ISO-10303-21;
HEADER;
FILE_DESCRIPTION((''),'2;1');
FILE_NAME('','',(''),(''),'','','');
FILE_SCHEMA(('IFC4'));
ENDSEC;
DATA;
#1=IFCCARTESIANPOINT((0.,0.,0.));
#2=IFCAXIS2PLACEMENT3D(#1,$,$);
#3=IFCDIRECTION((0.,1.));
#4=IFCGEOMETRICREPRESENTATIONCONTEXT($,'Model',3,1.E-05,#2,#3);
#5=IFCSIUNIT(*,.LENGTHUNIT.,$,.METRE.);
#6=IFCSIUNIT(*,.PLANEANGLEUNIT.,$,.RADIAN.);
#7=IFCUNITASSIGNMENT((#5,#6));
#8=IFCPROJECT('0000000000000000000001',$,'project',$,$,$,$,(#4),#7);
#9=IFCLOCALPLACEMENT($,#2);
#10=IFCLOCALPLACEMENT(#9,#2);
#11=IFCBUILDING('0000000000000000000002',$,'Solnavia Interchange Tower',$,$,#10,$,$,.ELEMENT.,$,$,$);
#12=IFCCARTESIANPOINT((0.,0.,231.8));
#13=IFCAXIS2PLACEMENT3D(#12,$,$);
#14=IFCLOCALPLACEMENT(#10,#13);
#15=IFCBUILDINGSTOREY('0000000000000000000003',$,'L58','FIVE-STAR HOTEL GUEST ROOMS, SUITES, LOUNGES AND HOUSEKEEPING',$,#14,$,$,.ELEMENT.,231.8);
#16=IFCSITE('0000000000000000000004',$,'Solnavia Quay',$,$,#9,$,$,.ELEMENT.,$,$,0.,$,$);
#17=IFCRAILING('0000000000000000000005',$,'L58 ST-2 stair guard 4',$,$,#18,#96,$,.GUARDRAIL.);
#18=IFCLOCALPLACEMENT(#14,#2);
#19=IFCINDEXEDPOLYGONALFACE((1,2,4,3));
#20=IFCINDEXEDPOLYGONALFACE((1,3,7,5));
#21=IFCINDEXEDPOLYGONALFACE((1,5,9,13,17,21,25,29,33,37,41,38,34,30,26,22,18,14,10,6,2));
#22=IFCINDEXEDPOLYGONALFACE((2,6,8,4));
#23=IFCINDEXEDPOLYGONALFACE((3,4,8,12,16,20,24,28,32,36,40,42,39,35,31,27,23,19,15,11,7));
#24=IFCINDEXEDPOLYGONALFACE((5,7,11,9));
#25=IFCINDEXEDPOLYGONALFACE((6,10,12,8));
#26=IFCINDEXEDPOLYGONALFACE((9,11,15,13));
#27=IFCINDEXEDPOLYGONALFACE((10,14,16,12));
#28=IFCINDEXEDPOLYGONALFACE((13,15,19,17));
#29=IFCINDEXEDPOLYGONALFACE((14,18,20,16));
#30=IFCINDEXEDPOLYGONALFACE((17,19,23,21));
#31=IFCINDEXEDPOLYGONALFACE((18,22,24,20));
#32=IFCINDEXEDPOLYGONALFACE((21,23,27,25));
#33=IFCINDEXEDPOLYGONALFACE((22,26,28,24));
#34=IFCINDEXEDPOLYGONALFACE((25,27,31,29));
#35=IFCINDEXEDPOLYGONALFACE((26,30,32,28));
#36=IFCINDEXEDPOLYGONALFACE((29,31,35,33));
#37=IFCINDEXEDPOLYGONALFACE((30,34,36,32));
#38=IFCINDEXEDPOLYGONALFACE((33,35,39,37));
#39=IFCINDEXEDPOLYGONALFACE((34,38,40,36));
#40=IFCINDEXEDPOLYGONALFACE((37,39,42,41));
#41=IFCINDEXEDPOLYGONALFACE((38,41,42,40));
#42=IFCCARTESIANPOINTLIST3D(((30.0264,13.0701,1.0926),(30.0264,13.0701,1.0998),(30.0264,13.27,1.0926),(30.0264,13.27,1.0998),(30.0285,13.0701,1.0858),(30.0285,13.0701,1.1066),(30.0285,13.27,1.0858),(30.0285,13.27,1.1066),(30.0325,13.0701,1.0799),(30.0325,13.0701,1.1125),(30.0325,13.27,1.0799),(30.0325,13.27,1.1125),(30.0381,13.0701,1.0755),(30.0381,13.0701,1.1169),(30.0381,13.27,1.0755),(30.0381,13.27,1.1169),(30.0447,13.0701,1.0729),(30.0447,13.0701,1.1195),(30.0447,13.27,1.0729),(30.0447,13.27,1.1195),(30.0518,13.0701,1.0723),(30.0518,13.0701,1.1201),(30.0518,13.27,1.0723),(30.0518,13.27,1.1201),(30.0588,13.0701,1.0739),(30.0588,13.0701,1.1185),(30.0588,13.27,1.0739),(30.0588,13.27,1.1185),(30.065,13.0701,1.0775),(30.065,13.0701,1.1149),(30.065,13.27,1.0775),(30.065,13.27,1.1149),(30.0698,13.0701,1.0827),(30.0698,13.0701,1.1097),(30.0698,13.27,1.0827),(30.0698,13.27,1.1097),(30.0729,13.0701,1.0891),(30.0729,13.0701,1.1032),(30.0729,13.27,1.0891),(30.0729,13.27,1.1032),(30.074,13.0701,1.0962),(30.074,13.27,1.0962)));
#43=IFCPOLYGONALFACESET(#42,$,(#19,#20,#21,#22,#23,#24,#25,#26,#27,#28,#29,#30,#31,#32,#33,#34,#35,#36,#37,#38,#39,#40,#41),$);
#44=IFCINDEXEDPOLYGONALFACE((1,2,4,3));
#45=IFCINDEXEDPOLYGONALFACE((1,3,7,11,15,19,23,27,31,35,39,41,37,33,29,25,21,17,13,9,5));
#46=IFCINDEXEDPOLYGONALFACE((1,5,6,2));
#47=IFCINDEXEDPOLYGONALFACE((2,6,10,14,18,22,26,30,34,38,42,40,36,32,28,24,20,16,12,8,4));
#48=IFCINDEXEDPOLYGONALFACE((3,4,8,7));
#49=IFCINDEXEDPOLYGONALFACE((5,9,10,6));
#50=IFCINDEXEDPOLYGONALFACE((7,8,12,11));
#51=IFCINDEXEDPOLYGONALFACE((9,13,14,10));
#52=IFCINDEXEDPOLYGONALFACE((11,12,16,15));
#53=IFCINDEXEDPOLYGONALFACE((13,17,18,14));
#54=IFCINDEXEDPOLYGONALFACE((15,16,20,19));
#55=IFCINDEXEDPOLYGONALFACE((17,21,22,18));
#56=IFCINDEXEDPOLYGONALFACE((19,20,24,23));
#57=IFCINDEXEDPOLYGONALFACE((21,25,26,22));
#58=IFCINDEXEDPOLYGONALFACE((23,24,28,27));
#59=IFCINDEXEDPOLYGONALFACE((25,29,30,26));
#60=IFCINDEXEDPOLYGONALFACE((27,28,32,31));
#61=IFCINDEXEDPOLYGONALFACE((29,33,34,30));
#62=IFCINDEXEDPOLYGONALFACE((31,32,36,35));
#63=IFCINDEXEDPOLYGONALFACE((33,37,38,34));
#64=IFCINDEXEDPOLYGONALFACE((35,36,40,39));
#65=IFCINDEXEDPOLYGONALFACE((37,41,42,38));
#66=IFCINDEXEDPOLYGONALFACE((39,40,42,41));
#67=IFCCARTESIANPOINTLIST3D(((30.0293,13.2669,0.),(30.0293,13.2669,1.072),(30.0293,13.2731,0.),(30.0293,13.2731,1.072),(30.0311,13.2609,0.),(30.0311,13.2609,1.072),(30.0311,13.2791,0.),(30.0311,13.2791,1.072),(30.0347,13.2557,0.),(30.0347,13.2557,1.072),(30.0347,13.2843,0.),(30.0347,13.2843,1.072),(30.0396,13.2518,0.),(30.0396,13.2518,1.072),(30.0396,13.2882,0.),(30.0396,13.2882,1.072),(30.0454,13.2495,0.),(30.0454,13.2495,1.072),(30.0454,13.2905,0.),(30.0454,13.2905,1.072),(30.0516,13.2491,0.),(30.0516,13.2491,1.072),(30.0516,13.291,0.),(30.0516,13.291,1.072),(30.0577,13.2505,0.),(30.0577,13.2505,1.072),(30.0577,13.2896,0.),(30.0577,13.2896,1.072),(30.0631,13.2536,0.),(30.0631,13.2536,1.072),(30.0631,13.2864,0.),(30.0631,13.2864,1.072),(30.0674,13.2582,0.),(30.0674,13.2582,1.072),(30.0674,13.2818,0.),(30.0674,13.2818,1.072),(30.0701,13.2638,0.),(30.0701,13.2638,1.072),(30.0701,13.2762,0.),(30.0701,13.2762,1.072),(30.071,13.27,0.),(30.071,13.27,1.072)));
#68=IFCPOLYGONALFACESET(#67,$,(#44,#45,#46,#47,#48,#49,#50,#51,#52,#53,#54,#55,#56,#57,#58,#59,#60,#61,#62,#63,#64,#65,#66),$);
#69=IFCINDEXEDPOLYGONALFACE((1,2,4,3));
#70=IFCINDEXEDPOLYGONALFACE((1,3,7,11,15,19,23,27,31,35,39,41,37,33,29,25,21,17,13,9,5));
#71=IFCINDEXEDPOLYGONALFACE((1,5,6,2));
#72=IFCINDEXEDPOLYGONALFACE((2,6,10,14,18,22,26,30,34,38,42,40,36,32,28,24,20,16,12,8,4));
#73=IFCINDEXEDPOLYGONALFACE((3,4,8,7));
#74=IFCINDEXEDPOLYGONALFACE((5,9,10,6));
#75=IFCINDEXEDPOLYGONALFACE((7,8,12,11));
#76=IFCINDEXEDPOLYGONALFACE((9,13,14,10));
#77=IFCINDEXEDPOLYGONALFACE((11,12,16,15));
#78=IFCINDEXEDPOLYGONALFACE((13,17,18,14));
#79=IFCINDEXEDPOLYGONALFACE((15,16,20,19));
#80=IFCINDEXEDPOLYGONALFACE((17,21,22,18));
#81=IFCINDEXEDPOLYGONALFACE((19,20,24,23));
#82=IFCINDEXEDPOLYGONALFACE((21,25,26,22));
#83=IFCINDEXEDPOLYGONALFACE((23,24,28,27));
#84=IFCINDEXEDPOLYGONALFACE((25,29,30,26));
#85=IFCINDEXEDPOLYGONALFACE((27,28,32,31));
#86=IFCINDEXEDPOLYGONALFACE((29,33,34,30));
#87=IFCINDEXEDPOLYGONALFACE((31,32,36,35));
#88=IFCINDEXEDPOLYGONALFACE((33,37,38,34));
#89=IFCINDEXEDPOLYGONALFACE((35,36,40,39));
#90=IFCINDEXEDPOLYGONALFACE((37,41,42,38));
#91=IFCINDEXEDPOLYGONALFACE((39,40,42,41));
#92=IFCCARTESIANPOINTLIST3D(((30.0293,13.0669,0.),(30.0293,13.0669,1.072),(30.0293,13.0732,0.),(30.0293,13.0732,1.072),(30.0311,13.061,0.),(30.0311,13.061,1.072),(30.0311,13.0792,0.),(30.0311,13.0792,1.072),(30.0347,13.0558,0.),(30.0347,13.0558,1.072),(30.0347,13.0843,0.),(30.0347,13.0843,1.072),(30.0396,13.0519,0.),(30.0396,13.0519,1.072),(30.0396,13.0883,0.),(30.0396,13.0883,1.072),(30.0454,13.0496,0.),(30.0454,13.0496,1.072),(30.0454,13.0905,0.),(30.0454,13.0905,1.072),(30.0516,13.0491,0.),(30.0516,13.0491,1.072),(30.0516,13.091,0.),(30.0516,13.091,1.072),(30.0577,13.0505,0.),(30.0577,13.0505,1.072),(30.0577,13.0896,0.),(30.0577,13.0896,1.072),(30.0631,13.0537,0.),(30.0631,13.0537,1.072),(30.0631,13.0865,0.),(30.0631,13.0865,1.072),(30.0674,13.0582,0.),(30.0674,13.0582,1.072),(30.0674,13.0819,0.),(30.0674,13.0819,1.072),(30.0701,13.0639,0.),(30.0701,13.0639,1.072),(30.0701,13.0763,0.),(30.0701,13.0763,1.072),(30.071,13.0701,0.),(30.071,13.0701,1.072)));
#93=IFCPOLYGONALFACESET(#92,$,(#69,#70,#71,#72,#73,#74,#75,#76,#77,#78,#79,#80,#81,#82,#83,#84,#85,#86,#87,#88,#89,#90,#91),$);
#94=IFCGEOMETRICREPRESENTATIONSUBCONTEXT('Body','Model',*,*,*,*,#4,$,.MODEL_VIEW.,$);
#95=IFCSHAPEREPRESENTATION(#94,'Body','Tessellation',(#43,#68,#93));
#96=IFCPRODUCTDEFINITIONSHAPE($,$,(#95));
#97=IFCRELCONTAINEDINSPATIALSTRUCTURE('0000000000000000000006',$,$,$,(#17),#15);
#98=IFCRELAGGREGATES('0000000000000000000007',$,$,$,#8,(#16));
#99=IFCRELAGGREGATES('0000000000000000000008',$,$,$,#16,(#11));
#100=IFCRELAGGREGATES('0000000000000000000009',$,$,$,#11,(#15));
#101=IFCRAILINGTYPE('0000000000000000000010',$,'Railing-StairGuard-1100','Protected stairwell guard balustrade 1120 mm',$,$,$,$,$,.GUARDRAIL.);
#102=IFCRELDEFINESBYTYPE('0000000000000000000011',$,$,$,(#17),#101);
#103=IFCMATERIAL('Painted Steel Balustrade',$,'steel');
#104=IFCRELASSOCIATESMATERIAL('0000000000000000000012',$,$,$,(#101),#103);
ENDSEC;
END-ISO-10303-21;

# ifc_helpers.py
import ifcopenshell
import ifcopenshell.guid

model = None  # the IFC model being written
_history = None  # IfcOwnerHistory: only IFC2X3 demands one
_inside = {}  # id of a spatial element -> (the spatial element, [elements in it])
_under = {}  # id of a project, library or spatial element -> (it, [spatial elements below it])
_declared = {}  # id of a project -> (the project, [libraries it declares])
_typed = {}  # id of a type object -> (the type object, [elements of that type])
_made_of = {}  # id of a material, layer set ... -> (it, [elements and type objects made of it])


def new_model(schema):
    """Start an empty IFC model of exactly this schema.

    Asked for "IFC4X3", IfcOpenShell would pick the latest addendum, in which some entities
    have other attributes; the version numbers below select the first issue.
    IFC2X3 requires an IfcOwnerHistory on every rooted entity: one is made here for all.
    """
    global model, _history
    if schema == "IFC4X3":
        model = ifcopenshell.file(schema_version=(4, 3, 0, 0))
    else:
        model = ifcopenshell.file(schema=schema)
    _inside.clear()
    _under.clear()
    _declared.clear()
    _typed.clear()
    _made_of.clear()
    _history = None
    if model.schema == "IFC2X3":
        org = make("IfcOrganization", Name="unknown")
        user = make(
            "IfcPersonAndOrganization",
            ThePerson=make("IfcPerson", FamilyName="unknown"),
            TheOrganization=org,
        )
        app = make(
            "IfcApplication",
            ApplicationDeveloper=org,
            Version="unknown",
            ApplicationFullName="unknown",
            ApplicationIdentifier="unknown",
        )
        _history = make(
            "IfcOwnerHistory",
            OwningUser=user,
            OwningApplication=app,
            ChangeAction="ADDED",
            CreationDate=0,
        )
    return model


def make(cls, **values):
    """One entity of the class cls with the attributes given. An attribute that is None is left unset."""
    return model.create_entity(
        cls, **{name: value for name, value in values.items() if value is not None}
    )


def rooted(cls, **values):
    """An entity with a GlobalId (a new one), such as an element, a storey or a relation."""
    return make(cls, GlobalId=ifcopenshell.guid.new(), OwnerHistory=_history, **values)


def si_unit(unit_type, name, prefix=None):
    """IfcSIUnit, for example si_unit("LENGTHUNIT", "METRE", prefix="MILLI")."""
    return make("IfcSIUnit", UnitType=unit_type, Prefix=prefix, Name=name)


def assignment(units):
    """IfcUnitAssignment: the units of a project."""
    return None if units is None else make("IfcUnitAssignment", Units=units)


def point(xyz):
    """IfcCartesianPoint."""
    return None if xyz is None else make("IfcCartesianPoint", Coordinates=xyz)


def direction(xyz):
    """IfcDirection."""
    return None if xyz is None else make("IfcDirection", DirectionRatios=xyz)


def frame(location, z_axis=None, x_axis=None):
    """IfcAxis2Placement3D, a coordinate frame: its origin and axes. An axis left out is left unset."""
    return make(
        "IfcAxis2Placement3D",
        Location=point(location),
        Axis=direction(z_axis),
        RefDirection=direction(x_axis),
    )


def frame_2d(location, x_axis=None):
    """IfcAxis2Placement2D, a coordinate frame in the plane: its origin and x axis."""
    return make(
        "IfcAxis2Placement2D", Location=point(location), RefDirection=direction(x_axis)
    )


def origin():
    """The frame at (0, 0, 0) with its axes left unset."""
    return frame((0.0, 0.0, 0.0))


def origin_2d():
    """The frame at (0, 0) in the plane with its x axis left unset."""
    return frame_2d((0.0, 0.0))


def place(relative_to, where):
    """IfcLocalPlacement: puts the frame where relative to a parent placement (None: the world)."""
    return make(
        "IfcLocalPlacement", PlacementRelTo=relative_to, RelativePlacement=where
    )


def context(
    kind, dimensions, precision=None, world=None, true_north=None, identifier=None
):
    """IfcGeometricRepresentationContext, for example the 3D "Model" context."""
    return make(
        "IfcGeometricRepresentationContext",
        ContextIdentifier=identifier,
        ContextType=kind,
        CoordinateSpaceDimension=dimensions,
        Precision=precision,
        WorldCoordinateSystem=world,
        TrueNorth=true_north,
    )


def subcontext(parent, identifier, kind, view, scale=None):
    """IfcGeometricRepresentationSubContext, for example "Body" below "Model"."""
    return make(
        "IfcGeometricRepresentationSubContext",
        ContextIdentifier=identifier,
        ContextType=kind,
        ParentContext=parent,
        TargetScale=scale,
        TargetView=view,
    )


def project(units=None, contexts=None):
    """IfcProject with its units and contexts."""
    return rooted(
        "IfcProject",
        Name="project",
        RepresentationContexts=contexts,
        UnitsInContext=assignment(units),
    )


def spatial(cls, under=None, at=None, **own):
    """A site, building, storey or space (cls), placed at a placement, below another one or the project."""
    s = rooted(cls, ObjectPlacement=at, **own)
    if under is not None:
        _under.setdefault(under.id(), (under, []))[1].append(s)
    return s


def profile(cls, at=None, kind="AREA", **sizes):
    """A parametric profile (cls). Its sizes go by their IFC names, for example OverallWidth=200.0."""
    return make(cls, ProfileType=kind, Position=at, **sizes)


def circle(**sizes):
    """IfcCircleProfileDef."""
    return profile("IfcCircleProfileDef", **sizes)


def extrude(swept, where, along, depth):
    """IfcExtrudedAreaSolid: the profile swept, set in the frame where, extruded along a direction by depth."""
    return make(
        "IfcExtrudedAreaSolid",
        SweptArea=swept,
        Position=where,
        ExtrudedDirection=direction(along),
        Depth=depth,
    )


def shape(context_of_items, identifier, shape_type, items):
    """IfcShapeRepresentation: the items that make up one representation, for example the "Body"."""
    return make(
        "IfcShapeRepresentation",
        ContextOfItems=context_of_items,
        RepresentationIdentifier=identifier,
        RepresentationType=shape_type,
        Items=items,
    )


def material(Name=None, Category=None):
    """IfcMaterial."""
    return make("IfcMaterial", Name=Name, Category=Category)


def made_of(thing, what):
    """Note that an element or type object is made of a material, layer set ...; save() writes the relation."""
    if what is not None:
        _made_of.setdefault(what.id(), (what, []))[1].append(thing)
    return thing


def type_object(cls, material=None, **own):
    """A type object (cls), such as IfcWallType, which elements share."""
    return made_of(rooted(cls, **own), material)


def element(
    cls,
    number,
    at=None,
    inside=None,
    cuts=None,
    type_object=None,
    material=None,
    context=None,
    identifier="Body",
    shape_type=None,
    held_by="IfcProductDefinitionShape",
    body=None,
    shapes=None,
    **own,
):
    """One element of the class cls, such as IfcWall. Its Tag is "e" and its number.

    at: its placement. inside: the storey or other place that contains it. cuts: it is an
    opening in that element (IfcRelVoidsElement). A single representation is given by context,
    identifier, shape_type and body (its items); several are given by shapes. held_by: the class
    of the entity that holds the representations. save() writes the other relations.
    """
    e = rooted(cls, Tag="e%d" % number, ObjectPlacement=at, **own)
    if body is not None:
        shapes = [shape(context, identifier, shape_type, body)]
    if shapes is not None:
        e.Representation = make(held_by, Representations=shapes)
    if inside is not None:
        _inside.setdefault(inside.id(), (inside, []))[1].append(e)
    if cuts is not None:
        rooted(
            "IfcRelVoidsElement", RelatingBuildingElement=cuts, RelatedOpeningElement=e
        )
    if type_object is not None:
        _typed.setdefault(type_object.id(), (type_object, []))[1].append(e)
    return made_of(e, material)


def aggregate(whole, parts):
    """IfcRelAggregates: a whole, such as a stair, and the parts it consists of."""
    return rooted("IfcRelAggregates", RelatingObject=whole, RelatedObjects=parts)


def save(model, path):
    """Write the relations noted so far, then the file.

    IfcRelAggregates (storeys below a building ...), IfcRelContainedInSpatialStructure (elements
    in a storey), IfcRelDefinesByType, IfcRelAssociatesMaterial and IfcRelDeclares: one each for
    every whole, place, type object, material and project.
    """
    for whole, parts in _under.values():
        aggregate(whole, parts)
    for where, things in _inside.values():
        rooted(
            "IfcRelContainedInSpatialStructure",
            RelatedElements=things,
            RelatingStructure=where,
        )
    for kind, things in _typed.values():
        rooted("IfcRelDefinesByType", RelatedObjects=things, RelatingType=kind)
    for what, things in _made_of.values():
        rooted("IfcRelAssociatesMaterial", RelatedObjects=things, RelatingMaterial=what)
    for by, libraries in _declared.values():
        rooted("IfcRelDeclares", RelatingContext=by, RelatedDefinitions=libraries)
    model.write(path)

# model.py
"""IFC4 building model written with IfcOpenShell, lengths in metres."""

from ifc_helpers import new_model, si_unit, direction, frame, origin, origin_2d, place, context, subcontext, project, spatial, circle, extrude, material, type_object, element, save


model = new_model("IFC4")

# Units and contexts
model_context = context("Model", 3, precision=1e-05, world=origin(), true_north=direction((0.0, 1.0)))
body_context = subcontext(model_context, "Body", "Model", "MODEL_VIEW")
ifc_project = project(units=[si_unit("LENGTHUNIT", "METRE"), si_unit("PLANEANGLEUNIT", "RADIAN")], contexts=[model_context])

# Site, building, storey
site_placement = place(None, origin())
site = spatial("IfcSite", under=ifc_project, at=site_placement, Name="Solnavia Quay", CompositionType="ELEMENT", RefElevation=0.0)
building_placement = place(site_placement, origin())
building = spatial("IfcBuilding", under=site, at=building_placement, Name="Solnavia Interchange Tower", CompositionType="ELEMENT")
storey_placement = place(building_placement, frame((0.0, 0.0, 231.8)))
storey = spatial("IfcBuildingStorey", under=building, at=storey_placement, Name="L58", Description="FIVE-STAR HOTEL GUEST ROOMS, SUITES, LOUNGES AND HOUSEKEEPING", CompositionType="ELEMENT", Elevation=231.8)

# Railing
ifc_material_1 = material(Name="Painted Steel Balustrade", Category="steel")
railing_type_1 = type_object("IfcRailingType", Name="Railing-StairGuard-1100", Description="Protected stairwell guard balustrade 1120 mm", PredefinedType="GUARDRAIL", material=ifc_material_1)
railing_1_placement = place(storey_placement, frame((30.05, 13.27, 0.0)))
element("IfcRailing", 1, at=railing_1_placement, inside=storey, type_object=railing_type_1, Name="L58 ST-2 stair guard 4", PredefinedType="GUARDRAIL", context=body_context, shape_type="SweptSolid", body=[
    extrude(circle(Radius=0.0239, at=origin_2d()), frame((0.0, 0.0, 1.0962), z_axis=(0.0, -1.0, 0.0), x_axis=(1.0, 0.0, 0.0)), (0.0, 0.0, 1.0), 0.2),
    extrude(circle(Radius=0.021, at=origin_2d()), origin(), (0.0, 0.0, 1.0), 1.072),
    extrude(circle(Radius=0.021, at=origin_2d()), frame((0.0, -0.2, 0.0)), (0.0, 0.0, 1.0), 1.072),
])

save(model, "model.ifc")
